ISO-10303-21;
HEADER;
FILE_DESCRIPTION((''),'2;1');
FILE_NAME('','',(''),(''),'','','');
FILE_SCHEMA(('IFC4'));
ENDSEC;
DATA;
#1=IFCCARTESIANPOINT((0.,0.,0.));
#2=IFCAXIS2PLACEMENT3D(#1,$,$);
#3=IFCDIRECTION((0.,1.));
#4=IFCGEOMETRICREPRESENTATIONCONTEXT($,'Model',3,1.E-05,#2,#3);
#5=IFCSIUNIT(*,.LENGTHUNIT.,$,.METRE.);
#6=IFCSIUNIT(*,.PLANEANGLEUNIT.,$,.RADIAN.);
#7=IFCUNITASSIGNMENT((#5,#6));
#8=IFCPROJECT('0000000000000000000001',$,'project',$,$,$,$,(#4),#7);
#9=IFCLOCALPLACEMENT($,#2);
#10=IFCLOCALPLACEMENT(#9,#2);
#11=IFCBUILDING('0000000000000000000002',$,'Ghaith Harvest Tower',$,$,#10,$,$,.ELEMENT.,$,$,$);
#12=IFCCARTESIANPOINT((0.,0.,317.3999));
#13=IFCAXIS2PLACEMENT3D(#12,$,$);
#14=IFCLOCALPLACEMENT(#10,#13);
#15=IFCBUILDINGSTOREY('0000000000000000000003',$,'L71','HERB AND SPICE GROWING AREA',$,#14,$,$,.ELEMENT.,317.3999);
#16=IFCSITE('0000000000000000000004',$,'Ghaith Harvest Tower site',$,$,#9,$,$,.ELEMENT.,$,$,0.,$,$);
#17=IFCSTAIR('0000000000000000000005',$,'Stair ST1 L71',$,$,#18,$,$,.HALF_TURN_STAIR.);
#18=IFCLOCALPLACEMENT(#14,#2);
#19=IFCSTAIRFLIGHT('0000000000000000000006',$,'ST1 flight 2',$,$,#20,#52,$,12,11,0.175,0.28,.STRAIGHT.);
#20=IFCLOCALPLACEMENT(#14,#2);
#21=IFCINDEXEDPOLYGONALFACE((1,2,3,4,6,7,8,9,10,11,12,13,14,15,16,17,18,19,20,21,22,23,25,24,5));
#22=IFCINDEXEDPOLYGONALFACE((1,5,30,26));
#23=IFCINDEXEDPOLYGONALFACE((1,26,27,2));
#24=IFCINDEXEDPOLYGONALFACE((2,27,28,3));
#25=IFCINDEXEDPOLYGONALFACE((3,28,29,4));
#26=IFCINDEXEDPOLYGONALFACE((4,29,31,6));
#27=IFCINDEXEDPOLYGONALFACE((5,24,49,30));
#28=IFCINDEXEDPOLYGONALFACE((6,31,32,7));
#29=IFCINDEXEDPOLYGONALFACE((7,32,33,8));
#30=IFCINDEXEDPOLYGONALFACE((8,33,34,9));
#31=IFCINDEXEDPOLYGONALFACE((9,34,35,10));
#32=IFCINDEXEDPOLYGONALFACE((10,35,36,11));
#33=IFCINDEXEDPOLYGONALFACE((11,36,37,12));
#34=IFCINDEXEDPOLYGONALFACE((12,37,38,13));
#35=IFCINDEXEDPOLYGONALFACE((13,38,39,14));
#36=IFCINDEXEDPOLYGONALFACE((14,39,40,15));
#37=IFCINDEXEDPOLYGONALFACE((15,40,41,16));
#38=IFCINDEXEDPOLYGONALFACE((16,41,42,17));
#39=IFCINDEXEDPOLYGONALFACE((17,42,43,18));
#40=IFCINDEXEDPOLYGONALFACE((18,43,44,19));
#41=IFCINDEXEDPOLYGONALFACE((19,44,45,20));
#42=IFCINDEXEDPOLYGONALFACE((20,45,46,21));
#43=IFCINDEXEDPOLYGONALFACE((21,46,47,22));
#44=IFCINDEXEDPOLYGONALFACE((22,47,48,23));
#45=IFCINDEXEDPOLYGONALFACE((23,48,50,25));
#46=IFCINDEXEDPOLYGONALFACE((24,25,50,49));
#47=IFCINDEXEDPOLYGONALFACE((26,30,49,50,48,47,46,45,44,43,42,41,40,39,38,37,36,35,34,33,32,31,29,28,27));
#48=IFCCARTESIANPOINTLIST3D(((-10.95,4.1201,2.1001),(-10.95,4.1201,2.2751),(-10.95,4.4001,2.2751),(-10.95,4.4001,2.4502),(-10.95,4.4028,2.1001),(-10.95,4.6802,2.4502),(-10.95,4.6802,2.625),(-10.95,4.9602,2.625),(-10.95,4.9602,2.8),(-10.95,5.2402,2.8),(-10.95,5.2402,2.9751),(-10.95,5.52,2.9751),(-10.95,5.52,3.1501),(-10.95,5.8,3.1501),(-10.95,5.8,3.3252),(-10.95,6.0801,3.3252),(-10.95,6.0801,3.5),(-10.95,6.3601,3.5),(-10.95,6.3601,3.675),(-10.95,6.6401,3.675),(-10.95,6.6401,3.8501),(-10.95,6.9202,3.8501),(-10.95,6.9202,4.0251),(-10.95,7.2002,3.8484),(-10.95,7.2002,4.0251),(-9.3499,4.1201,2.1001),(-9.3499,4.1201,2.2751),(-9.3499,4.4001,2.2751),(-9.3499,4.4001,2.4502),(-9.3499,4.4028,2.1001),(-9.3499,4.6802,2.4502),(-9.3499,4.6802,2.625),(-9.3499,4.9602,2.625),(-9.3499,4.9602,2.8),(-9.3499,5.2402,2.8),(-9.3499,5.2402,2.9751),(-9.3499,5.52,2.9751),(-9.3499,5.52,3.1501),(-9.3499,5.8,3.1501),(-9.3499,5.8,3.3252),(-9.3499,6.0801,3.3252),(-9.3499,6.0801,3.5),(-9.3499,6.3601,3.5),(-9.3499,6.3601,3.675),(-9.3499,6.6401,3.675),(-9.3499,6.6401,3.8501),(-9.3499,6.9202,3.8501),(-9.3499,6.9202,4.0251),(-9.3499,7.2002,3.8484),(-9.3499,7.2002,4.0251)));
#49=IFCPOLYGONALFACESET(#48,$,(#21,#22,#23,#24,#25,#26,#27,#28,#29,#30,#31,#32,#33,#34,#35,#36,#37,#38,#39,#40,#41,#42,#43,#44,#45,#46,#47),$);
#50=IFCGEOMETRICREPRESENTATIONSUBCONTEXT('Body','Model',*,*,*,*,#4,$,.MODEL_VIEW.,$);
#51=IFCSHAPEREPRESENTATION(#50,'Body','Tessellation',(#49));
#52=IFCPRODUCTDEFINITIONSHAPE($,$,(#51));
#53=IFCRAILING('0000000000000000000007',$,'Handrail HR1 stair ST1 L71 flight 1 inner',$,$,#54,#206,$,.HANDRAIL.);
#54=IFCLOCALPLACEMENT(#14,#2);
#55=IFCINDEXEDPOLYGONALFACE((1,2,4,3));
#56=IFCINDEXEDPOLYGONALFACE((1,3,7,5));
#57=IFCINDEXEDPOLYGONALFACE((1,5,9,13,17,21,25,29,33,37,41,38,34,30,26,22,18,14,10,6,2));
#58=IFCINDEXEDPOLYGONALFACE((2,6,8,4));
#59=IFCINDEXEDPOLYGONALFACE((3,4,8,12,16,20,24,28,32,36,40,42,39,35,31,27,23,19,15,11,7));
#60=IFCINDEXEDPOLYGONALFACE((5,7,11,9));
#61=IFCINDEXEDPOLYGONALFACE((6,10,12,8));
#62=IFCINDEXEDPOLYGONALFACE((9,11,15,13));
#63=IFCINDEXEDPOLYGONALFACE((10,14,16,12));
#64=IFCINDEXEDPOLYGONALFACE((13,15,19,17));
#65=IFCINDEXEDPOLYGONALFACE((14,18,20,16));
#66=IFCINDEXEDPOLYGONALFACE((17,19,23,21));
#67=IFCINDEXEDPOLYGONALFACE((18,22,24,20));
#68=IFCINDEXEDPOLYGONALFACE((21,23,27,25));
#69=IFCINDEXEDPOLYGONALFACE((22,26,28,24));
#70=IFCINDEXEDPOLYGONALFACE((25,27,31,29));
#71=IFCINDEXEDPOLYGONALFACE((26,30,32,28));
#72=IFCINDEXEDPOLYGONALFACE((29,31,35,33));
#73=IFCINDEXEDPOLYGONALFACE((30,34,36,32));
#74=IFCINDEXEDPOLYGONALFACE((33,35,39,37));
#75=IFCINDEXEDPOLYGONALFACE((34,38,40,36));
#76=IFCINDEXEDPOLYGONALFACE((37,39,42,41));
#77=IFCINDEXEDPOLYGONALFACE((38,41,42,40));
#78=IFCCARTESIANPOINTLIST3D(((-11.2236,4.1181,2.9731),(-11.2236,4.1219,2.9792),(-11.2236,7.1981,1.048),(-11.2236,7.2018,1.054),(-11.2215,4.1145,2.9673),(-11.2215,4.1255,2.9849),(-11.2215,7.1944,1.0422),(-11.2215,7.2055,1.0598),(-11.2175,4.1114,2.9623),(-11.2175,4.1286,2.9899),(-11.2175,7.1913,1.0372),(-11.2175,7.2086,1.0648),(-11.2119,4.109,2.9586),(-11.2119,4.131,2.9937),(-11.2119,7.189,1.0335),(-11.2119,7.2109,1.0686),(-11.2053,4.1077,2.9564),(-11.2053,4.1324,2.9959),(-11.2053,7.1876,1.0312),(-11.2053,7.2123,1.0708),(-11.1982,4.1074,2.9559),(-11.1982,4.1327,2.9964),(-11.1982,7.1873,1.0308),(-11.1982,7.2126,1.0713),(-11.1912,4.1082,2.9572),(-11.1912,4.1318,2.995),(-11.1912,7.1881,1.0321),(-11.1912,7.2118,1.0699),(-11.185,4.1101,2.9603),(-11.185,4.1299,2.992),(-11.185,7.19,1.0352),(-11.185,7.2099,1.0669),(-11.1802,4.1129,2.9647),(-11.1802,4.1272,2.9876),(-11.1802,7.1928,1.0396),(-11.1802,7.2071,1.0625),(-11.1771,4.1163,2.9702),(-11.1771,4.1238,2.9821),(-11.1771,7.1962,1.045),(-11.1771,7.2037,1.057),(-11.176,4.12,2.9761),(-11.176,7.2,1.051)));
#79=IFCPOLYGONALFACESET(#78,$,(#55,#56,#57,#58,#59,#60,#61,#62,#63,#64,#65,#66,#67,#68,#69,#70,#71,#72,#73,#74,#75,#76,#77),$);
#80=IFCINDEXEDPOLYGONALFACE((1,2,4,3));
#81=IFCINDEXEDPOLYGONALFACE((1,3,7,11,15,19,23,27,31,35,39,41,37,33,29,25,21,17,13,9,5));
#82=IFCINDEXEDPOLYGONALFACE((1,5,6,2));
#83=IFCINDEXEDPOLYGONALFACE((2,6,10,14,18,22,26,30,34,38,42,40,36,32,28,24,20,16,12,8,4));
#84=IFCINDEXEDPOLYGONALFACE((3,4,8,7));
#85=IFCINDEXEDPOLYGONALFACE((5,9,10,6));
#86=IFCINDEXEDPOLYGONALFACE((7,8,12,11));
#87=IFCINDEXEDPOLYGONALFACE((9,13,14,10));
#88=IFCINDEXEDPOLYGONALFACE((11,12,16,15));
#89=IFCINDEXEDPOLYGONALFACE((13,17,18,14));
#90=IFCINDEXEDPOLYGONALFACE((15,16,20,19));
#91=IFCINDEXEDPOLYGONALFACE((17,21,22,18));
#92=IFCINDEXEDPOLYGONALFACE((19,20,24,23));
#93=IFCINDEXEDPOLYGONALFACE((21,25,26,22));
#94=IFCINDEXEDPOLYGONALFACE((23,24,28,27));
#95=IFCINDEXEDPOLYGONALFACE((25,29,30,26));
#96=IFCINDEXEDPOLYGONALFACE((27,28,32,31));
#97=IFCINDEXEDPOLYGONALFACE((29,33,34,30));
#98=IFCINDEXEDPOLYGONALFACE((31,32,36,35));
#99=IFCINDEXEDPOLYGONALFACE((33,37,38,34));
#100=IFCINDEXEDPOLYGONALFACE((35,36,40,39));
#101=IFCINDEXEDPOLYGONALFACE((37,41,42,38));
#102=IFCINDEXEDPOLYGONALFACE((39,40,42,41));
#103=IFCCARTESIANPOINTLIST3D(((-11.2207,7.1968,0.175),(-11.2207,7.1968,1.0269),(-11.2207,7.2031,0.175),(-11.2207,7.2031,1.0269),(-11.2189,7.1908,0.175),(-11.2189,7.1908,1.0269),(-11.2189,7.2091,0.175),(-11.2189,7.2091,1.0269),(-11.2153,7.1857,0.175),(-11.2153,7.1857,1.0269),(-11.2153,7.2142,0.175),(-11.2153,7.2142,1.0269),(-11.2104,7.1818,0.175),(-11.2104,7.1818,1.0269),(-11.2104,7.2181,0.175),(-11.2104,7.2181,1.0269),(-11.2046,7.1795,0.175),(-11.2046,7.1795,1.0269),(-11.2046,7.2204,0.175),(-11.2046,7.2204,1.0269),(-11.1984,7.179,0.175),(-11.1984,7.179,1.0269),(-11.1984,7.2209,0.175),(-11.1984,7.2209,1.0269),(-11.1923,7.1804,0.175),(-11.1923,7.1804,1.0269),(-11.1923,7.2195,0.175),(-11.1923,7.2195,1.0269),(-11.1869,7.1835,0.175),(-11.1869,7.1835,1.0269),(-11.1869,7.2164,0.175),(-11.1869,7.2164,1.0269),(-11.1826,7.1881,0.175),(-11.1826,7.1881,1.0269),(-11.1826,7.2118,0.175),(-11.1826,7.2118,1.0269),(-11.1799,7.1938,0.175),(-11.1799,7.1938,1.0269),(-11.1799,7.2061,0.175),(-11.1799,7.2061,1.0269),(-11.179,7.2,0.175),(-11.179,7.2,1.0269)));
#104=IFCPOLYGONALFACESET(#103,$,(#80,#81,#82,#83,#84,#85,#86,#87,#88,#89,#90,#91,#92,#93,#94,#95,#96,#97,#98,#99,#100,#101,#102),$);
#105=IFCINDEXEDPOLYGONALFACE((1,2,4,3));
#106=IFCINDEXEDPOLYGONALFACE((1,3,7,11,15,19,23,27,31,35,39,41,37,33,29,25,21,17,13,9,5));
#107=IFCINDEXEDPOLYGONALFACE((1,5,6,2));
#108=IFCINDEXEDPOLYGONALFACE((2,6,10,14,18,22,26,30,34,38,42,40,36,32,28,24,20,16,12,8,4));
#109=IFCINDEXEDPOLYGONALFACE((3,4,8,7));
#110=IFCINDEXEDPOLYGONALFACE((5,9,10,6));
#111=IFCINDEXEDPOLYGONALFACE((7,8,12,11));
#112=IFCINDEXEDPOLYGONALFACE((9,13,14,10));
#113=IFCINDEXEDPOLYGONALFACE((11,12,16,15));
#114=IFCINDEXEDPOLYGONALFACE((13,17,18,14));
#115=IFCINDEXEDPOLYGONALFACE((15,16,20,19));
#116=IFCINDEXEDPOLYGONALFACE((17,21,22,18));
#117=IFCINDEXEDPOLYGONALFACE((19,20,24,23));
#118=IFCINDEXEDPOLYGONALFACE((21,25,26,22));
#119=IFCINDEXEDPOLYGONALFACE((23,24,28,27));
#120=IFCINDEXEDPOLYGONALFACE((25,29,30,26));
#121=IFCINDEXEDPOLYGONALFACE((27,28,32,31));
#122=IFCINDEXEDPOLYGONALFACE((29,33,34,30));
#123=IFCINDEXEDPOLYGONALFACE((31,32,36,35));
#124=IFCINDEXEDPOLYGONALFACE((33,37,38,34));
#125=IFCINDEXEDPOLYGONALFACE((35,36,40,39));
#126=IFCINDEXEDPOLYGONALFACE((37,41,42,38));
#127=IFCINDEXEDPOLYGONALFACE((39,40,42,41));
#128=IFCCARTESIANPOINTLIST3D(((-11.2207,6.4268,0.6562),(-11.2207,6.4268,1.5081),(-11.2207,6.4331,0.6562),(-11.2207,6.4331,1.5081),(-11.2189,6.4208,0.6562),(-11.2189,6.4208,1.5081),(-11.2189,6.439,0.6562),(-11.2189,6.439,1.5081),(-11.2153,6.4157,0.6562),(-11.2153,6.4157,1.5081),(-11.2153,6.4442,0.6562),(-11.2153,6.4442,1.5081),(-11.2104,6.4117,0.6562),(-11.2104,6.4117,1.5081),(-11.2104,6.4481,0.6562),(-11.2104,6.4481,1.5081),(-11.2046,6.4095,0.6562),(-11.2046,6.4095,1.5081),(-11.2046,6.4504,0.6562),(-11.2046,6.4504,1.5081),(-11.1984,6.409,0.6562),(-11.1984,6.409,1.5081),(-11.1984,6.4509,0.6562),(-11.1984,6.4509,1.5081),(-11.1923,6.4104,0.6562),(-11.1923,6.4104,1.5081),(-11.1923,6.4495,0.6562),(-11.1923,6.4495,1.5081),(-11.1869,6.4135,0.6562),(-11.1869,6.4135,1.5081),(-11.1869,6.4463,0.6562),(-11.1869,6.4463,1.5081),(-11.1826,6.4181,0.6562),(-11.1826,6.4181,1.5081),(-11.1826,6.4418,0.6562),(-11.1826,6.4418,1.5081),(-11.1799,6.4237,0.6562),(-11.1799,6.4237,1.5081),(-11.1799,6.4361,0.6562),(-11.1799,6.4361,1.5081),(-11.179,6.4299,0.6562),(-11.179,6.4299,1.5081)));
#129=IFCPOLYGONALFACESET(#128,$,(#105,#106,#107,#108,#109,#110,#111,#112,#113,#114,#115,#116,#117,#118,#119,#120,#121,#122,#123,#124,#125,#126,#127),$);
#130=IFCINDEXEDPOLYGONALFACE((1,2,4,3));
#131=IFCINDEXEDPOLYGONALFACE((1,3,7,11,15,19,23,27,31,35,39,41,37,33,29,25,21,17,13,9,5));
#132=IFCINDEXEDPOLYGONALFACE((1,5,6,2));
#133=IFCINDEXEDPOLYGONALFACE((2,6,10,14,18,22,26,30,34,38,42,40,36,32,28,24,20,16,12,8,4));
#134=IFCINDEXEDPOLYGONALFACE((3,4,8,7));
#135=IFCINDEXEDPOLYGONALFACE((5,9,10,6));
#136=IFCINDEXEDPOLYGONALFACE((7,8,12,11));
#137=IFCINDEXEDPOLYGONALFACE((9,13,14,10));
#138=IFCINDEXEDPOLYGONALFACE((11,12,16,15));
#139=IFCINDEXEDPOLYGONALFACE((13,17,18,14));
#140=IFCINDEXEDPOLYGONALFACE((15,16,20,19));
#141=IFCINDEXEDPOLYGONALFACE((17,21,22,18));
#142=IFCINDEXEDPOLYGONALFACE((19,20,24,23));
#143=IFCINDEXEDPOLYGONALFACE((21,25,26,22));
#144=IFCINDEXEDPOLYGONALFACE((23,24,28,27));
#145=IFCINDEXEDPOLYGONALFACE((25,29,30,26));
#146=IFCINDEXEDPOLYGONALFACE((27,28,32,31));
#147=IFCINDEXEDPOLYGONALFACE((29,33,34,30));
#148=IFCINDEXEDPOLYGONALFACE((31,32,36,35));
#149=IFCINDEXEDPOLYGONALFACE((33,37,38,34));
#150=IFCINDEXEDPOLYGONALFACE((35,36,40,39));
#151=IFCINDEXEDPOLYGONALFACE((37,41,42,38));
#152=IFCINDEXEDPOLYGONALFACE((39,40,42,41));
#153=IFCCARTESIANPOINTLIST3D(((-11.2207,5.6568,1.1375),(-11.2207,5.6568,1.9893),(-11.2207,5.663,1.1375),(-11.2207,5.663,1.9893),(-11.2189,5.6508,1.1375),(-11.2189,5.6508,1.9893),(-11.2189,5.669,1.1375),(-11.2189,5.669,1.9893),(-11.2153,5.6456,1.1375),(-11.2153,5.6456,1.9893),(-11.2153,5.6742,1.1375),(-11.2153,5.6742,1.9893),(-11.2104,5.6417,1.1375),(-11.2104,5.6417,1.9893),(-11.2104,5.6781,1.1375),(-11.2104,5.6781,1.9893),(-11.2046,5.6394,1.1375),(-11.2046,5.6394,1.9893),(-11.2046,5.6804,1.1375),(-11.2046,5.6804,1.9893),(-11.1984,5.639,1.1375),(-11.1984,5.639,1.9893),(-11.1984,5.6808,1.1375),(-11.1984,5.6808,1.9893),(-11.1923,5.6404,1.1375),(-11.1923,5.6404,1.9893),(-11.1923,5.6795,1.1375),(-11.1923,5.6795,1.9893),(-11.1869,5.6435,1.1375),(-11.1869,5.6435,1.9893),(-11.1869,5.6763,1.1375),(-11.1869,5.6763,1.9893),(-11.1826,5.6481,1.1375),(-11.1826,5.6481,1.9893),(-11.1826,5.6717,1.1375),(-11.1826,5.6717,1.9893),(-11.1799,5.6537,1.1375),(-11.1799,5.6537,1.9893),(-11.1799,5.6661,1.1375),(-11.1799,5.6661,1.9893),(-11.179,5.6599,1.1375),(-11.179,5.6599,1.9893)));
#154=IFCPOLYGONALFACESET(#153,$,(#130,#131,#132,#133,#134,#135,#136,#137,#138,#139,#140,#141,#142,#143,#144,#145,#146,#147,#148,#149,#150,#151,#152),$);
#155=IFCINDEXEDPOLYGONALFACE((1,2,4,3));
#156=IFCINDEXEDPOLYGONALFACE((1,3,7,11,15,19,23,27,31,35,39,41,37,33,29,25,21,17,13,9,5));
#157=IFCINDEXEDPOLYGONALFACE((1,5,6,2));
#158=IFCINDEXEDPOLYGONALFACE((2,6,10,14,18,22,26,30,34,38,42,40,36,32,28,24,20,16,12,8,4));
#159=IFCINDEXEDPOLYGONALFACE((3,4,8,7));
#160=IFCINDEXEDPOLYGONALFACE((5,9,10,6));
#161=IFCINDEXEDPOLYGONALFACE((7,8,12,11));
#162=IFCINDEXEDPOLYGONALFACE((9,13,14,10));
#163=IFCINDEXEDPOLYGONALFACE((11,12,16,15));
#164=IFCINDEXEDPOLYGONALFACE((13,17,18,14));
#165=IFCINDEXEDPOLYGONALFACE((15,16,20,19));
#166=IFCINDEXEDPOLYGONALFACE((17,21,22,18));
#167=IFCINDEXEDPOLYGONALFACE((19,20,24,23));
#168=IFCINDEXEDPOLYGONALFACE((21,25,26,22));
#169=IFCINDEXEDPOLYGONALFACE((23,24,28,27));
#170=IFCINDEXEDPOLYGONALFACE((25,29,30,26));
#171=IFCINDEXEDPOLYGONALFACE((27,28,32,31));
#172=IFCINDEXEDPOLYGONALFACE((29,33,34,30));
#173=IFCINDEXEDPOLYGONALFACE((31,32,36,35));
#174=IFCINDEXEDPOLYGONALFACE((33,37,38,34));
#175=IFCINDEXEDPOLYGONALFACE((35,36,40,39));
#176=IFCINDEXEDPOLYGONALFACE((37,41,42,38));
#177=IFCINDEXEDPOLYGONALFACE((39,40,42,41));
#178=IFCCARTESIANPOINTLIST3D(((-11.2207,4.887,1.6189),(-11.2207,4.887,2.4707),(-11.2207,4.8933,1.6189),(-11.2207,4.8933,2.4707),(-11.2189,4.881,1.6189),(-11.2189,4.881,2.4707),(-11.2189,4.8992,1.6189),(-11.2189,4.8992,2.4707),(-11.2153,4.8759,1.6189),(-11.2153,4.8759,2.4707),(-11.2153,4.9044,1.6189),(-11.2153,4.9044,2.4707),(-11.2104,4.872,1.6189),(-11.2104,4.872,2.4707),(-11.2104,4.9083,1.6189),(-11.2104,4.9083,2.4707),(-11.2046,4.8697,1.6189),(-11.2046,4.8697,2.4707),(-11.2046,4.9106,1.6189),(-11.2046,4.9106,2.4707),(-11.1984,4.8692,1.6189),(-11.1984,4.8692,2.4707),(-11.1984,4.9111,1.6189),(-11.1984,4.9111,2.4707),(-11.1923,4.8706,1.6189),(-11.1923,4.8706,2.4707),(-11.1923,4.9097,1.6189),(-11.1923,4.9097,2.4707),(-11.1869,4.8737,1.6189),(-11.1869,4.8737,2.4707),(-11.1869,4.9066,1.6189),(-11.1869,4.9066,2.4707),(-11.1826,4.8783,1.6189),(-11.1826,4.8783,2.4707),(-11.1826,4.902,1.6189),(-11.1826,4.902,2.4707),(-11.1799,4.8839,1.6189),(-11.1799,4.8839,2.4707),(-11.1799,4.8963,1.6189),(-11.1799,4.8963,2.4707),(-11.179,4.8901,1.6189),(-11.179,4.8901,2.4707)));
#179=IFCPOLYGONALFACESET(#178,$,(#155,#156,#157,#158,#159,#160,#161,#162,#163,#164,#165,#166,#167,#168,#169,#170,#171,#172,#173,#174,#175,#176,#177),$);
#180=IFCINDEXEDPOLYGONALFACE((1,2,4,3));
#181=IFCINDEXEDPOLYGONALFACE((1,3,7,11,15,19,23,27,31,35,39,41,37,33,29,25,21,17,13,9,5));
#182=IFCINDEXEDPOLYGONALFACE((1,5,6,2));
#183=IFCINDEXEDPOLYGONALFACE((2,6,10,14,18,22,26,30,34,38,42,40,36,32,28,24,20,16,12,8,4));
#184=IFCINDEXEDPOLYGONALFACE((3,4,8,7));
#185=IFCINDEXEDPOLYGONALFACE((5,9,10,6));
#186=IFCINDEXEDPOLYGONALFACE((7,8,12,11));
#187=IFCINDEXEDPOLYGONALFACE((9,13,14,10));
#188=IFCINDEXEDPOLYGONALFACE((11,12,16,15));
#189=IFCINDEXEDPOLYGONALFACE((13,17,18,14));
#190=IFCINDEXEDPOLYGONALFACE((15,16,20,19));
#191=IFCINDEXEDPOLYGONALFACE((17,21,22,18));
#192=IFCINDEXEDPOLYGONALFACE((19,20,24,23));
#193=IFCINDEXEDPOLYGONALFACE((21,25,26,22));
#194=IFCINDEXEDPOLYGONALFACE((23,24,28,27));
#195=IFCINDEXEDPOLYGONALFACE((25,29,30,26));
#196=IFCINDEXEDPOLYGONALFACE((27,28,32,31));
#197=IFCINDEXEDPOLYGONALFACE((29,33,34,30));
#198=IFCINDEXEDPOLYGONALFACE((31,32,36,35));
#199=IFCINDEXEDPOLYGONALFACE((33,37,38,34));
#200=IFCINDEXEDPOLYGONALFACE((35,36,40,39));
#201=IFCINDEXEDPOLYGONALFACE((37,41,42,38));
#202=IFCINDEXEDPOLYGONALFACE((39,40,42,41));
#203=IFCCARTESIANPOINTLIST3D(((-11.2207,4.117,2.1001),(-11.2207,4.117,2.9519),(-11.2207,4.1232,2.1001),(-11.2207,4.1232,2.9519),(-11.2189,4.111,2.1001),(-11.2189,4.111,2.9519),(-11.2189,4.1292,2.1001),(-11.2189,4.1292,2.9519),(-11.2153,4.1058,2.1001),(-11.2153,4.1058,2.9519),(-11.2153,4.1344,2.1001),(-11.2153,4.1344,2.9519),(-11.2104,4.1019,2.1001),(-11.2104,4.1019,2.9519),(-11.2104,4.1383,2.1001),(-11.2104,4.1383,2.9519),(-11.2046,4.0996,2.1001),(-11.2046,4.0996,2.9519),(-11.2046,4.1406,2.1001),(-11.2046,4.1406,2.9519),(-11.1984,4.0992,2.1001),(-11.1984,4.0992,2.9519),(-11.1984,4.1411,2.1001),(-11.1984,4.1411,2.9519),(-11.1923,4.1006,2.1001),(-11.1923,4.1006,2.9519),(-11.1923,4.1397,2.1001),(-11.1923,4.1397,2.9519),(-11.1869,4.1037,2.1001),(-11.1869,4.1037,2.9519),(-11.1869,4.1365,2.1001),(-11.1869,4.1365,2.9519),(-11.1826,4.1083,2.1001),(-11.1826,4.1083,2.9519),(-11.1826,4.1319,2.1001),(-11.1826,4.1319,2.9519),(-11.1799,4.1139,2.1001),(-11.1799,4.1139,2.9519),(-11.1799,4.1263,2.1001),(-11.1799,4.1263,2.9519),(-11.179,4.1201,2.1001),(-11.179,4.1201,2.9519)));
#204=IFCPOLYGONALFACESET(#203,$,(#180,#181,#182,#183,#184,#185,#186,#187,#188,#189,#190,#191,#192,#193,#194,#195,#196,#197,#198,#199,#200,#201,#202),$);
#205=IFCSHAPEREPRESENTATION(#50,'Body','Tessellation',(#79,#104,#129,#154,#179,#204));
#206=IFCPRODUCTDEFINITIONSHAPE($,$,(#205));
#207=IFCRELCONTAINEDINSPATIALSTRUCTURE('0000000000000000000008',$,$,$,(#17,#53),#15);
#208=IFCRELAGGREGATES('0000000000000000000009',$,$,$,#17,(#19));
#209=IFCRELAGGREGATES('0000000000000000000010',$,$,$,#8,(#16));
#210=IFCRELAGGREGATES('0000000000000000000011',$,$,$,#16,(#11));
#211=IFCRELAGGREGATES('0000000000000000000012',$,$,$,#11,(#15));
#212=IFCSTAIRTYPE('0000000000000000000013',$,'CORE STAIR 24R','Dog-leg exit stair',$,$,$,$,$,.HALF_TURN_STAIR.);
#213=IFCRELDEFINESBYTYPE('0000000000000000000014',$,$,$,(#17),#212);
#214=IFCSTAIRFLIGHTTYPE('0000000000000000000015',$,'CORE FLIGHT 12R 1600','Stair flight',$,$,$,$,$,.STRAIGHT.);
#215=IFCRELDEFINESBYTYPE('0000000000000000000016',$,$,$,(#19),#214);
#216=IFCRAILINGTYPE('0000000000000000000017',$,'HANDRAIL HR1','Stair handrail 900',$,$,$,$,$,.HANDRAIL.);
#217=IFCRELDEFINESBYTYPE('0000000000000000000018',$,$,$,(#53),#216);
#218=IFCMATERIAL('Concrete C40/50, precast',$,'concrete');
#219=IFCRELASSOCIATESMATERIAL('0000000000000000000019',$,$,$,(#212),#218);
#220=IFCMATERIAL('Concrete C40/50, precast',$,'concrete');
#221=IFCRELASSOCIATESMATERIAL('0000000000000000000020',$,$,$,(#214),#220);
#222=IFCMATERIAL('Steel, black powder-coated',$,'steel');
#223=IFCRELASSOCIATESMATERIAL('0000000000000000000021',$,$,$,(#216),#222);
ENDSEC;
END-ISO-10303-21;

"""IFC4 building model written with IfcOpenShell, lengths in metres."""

from ifc_helpers import new_model, si_unit, direction, frame, origin, origin_2d, place, context, subcontext, project, spatial, polyline, circle, outline, extrude, material, type_object, element, aggregate, save


model = new_model("IFC4")

# Units and contexts
model_context = context("Model", 3, precision=1e-05, world=origin(), true_north=direction((0.0, 1.0)))
body_context = subcontext(model_context, "Body", "Model", "MODEL_VIEW")
ifc_project = project(units=[si_unit("LENGTHUNIT", "METRE"), si_unit("PLANEANGLEUNIT", "RADIAN")], contexts=[model_context])

# Site, building, storey
site_placement = place(None, origin())
site = spatial("IfcSite", under=ifc_project, at=site_placement, Name="Ghaith Harvest Tower site", CompositionType="ELEMENT", RefElevation=0.0)
building_placement = place(site_placement, origin())
building = spatial("IfcBuilding", under=site, at=building_placement, Name="Ghaith Harvest Tower", CompositionType="ELEMENT")
storey_placement = place(building_placement, frame((0.0, 0.0, 317.3999)))
storey = spatial("IfcBuildingStorey", under=building, at=storey_placement, Name="L71", Description="HERB AND SPICE GROWING AREA", CompositionType="ELEMENT", Elevation=317.3999)

# Stair, stair flight
ifc_material_1 = material(Name="Concrete C40/50, precast", Category="concrete")
stair_type = type_object("IfcStairType", Name="CORE STAIR 24R", Description="Dog-leg exit stair", PredefinedType="HALF_TURN_STAIR", material=ifc_material_1)
stair_placement = place(storey_placement, origin())
stair = element("IfcStair", 1, at=stair_placement, inside=storey, type_object=stair_type, Name="Stair ST1 L71", PredefinedType="HALF_TURN_STAIR")
ifc_material_2 = material(Name="Concrete C40/50, precast", Category="concrete")
stair_flight_type = type_object("IfcStairFlightType", Name="CORE FLIGHT 12R 1600", Description="Stair flight", PredefinedType="STRAIGHT", material=ifc_material_2)
stair_flight_1_placement = place(storey_placement, frame((-10.1499, 4.1201, 2.1001), z_axis=(0.0, 0.0, 1.0), x_axis=(0.0, 1.0, 0.0)))
stair_flight_1 = element("IfcStairFlight", 2, at=stair_flight_1_placement, type_object=stair_flight_type, Name="ST1 flight 2", NumberOfRisers=12, NumberOfTreads=11, PredefinedType="STRAIGHT", RiserHeight=0.175, TreadLength=0.28, context=body_context, shape_type="SweptSolid", body=[
    extrude(outline(polyline([(0.0, 0.0), (0.0, 0.175), (0.28, 0.175), (0.28, 0.3501), (0.5601, 0.3501), (0.5601, 0.5249), (0.8401, 0.5249), (0.8401, 0.7), (1.1201, 0.7), (1.1201, 0.875), (1.3999, 0.875), (1.3999, 1.05), (1.6799, 1.05), (1.6799, 1.2251), (1.96, 1.2251), (1.96, 1.3999), (2.24, 1.3999), (2.24, 1.575), (2.52, 1.575), (2.52, 1.75), (2.8, 1.75), (2.8, 1.925), (3.0801, 1.925), (3.0801, 2.1001), (3.0801, 1.7483), (0.2827, 0.0), (0.0, 0.0)])), frame((0.0, 0.8, 0.0), z_axis=(0.0, -1.0, 0.0), x_axis=(1.0, 0.0, 0.0)), (0.0, 0.0, 1.0), 1.6001),
])
aggregate(stair, [stair_flight_1])

# Railing
ifc_material_3 = material(Name="Steel, black powder-coated", Category="steel")
railing_type = type_object("IfcRailingType", Name="HANDRAIL HR1", Description="Stair handrail 900", PredefinedType="HANDRAIL", material=ifc_material_3)
railing_1_placement = place(storey_placement, frame((-11.2, 7.2, 0.175)))
element("IfcRailing", 3, at=railing_1_placement, inside=storey, type_object=railing_type, Name="Handrail HR1 stair ST1 L71 flight 1 inner", PredefinedType="HANDRAIL", context=body_context, shape_type="SweptSolid", body=[
    extrude(circle(Radius=0.0239, at=origin_2d()), frame((0.0, 0.0, 0.876), z_axis=(0.0, -0.847979, 0.530029), x_axis=(1.0, 0.0, 0.0)), (0.0, 0.0, 1.0), 3.6321),
    extrude(circle(Radius=0.021, at=origin_2d()), origin(), (0.0, 0.0, 1.0), 0.8518),
    extrude(circle(Radius=0.021, at=origin_2d()), frame((0.0, -0.77, 0.4812)), (0.0, 0.0, 1.0), 0.8518),
    extrude(circle(Radius=0.021, at=origin_2d()), frame((0.0, -1.54, 0.9624)), (0.0, 0.0, 1.0), 0.8518),
    extrude(circle(Radius=0.021, at=origin_2d()), frame((0.0, -2.3098, 1.4438)), (0.0, 0.0, 1.0), 0.8518),
    extrude(circle(Radius=0.021, at=origin_2d()), frame((0.0, -3.0798, 1.925)), (0.0, 0.0, 1.0), 0.8518),
])

save(model, "model.ifc")
